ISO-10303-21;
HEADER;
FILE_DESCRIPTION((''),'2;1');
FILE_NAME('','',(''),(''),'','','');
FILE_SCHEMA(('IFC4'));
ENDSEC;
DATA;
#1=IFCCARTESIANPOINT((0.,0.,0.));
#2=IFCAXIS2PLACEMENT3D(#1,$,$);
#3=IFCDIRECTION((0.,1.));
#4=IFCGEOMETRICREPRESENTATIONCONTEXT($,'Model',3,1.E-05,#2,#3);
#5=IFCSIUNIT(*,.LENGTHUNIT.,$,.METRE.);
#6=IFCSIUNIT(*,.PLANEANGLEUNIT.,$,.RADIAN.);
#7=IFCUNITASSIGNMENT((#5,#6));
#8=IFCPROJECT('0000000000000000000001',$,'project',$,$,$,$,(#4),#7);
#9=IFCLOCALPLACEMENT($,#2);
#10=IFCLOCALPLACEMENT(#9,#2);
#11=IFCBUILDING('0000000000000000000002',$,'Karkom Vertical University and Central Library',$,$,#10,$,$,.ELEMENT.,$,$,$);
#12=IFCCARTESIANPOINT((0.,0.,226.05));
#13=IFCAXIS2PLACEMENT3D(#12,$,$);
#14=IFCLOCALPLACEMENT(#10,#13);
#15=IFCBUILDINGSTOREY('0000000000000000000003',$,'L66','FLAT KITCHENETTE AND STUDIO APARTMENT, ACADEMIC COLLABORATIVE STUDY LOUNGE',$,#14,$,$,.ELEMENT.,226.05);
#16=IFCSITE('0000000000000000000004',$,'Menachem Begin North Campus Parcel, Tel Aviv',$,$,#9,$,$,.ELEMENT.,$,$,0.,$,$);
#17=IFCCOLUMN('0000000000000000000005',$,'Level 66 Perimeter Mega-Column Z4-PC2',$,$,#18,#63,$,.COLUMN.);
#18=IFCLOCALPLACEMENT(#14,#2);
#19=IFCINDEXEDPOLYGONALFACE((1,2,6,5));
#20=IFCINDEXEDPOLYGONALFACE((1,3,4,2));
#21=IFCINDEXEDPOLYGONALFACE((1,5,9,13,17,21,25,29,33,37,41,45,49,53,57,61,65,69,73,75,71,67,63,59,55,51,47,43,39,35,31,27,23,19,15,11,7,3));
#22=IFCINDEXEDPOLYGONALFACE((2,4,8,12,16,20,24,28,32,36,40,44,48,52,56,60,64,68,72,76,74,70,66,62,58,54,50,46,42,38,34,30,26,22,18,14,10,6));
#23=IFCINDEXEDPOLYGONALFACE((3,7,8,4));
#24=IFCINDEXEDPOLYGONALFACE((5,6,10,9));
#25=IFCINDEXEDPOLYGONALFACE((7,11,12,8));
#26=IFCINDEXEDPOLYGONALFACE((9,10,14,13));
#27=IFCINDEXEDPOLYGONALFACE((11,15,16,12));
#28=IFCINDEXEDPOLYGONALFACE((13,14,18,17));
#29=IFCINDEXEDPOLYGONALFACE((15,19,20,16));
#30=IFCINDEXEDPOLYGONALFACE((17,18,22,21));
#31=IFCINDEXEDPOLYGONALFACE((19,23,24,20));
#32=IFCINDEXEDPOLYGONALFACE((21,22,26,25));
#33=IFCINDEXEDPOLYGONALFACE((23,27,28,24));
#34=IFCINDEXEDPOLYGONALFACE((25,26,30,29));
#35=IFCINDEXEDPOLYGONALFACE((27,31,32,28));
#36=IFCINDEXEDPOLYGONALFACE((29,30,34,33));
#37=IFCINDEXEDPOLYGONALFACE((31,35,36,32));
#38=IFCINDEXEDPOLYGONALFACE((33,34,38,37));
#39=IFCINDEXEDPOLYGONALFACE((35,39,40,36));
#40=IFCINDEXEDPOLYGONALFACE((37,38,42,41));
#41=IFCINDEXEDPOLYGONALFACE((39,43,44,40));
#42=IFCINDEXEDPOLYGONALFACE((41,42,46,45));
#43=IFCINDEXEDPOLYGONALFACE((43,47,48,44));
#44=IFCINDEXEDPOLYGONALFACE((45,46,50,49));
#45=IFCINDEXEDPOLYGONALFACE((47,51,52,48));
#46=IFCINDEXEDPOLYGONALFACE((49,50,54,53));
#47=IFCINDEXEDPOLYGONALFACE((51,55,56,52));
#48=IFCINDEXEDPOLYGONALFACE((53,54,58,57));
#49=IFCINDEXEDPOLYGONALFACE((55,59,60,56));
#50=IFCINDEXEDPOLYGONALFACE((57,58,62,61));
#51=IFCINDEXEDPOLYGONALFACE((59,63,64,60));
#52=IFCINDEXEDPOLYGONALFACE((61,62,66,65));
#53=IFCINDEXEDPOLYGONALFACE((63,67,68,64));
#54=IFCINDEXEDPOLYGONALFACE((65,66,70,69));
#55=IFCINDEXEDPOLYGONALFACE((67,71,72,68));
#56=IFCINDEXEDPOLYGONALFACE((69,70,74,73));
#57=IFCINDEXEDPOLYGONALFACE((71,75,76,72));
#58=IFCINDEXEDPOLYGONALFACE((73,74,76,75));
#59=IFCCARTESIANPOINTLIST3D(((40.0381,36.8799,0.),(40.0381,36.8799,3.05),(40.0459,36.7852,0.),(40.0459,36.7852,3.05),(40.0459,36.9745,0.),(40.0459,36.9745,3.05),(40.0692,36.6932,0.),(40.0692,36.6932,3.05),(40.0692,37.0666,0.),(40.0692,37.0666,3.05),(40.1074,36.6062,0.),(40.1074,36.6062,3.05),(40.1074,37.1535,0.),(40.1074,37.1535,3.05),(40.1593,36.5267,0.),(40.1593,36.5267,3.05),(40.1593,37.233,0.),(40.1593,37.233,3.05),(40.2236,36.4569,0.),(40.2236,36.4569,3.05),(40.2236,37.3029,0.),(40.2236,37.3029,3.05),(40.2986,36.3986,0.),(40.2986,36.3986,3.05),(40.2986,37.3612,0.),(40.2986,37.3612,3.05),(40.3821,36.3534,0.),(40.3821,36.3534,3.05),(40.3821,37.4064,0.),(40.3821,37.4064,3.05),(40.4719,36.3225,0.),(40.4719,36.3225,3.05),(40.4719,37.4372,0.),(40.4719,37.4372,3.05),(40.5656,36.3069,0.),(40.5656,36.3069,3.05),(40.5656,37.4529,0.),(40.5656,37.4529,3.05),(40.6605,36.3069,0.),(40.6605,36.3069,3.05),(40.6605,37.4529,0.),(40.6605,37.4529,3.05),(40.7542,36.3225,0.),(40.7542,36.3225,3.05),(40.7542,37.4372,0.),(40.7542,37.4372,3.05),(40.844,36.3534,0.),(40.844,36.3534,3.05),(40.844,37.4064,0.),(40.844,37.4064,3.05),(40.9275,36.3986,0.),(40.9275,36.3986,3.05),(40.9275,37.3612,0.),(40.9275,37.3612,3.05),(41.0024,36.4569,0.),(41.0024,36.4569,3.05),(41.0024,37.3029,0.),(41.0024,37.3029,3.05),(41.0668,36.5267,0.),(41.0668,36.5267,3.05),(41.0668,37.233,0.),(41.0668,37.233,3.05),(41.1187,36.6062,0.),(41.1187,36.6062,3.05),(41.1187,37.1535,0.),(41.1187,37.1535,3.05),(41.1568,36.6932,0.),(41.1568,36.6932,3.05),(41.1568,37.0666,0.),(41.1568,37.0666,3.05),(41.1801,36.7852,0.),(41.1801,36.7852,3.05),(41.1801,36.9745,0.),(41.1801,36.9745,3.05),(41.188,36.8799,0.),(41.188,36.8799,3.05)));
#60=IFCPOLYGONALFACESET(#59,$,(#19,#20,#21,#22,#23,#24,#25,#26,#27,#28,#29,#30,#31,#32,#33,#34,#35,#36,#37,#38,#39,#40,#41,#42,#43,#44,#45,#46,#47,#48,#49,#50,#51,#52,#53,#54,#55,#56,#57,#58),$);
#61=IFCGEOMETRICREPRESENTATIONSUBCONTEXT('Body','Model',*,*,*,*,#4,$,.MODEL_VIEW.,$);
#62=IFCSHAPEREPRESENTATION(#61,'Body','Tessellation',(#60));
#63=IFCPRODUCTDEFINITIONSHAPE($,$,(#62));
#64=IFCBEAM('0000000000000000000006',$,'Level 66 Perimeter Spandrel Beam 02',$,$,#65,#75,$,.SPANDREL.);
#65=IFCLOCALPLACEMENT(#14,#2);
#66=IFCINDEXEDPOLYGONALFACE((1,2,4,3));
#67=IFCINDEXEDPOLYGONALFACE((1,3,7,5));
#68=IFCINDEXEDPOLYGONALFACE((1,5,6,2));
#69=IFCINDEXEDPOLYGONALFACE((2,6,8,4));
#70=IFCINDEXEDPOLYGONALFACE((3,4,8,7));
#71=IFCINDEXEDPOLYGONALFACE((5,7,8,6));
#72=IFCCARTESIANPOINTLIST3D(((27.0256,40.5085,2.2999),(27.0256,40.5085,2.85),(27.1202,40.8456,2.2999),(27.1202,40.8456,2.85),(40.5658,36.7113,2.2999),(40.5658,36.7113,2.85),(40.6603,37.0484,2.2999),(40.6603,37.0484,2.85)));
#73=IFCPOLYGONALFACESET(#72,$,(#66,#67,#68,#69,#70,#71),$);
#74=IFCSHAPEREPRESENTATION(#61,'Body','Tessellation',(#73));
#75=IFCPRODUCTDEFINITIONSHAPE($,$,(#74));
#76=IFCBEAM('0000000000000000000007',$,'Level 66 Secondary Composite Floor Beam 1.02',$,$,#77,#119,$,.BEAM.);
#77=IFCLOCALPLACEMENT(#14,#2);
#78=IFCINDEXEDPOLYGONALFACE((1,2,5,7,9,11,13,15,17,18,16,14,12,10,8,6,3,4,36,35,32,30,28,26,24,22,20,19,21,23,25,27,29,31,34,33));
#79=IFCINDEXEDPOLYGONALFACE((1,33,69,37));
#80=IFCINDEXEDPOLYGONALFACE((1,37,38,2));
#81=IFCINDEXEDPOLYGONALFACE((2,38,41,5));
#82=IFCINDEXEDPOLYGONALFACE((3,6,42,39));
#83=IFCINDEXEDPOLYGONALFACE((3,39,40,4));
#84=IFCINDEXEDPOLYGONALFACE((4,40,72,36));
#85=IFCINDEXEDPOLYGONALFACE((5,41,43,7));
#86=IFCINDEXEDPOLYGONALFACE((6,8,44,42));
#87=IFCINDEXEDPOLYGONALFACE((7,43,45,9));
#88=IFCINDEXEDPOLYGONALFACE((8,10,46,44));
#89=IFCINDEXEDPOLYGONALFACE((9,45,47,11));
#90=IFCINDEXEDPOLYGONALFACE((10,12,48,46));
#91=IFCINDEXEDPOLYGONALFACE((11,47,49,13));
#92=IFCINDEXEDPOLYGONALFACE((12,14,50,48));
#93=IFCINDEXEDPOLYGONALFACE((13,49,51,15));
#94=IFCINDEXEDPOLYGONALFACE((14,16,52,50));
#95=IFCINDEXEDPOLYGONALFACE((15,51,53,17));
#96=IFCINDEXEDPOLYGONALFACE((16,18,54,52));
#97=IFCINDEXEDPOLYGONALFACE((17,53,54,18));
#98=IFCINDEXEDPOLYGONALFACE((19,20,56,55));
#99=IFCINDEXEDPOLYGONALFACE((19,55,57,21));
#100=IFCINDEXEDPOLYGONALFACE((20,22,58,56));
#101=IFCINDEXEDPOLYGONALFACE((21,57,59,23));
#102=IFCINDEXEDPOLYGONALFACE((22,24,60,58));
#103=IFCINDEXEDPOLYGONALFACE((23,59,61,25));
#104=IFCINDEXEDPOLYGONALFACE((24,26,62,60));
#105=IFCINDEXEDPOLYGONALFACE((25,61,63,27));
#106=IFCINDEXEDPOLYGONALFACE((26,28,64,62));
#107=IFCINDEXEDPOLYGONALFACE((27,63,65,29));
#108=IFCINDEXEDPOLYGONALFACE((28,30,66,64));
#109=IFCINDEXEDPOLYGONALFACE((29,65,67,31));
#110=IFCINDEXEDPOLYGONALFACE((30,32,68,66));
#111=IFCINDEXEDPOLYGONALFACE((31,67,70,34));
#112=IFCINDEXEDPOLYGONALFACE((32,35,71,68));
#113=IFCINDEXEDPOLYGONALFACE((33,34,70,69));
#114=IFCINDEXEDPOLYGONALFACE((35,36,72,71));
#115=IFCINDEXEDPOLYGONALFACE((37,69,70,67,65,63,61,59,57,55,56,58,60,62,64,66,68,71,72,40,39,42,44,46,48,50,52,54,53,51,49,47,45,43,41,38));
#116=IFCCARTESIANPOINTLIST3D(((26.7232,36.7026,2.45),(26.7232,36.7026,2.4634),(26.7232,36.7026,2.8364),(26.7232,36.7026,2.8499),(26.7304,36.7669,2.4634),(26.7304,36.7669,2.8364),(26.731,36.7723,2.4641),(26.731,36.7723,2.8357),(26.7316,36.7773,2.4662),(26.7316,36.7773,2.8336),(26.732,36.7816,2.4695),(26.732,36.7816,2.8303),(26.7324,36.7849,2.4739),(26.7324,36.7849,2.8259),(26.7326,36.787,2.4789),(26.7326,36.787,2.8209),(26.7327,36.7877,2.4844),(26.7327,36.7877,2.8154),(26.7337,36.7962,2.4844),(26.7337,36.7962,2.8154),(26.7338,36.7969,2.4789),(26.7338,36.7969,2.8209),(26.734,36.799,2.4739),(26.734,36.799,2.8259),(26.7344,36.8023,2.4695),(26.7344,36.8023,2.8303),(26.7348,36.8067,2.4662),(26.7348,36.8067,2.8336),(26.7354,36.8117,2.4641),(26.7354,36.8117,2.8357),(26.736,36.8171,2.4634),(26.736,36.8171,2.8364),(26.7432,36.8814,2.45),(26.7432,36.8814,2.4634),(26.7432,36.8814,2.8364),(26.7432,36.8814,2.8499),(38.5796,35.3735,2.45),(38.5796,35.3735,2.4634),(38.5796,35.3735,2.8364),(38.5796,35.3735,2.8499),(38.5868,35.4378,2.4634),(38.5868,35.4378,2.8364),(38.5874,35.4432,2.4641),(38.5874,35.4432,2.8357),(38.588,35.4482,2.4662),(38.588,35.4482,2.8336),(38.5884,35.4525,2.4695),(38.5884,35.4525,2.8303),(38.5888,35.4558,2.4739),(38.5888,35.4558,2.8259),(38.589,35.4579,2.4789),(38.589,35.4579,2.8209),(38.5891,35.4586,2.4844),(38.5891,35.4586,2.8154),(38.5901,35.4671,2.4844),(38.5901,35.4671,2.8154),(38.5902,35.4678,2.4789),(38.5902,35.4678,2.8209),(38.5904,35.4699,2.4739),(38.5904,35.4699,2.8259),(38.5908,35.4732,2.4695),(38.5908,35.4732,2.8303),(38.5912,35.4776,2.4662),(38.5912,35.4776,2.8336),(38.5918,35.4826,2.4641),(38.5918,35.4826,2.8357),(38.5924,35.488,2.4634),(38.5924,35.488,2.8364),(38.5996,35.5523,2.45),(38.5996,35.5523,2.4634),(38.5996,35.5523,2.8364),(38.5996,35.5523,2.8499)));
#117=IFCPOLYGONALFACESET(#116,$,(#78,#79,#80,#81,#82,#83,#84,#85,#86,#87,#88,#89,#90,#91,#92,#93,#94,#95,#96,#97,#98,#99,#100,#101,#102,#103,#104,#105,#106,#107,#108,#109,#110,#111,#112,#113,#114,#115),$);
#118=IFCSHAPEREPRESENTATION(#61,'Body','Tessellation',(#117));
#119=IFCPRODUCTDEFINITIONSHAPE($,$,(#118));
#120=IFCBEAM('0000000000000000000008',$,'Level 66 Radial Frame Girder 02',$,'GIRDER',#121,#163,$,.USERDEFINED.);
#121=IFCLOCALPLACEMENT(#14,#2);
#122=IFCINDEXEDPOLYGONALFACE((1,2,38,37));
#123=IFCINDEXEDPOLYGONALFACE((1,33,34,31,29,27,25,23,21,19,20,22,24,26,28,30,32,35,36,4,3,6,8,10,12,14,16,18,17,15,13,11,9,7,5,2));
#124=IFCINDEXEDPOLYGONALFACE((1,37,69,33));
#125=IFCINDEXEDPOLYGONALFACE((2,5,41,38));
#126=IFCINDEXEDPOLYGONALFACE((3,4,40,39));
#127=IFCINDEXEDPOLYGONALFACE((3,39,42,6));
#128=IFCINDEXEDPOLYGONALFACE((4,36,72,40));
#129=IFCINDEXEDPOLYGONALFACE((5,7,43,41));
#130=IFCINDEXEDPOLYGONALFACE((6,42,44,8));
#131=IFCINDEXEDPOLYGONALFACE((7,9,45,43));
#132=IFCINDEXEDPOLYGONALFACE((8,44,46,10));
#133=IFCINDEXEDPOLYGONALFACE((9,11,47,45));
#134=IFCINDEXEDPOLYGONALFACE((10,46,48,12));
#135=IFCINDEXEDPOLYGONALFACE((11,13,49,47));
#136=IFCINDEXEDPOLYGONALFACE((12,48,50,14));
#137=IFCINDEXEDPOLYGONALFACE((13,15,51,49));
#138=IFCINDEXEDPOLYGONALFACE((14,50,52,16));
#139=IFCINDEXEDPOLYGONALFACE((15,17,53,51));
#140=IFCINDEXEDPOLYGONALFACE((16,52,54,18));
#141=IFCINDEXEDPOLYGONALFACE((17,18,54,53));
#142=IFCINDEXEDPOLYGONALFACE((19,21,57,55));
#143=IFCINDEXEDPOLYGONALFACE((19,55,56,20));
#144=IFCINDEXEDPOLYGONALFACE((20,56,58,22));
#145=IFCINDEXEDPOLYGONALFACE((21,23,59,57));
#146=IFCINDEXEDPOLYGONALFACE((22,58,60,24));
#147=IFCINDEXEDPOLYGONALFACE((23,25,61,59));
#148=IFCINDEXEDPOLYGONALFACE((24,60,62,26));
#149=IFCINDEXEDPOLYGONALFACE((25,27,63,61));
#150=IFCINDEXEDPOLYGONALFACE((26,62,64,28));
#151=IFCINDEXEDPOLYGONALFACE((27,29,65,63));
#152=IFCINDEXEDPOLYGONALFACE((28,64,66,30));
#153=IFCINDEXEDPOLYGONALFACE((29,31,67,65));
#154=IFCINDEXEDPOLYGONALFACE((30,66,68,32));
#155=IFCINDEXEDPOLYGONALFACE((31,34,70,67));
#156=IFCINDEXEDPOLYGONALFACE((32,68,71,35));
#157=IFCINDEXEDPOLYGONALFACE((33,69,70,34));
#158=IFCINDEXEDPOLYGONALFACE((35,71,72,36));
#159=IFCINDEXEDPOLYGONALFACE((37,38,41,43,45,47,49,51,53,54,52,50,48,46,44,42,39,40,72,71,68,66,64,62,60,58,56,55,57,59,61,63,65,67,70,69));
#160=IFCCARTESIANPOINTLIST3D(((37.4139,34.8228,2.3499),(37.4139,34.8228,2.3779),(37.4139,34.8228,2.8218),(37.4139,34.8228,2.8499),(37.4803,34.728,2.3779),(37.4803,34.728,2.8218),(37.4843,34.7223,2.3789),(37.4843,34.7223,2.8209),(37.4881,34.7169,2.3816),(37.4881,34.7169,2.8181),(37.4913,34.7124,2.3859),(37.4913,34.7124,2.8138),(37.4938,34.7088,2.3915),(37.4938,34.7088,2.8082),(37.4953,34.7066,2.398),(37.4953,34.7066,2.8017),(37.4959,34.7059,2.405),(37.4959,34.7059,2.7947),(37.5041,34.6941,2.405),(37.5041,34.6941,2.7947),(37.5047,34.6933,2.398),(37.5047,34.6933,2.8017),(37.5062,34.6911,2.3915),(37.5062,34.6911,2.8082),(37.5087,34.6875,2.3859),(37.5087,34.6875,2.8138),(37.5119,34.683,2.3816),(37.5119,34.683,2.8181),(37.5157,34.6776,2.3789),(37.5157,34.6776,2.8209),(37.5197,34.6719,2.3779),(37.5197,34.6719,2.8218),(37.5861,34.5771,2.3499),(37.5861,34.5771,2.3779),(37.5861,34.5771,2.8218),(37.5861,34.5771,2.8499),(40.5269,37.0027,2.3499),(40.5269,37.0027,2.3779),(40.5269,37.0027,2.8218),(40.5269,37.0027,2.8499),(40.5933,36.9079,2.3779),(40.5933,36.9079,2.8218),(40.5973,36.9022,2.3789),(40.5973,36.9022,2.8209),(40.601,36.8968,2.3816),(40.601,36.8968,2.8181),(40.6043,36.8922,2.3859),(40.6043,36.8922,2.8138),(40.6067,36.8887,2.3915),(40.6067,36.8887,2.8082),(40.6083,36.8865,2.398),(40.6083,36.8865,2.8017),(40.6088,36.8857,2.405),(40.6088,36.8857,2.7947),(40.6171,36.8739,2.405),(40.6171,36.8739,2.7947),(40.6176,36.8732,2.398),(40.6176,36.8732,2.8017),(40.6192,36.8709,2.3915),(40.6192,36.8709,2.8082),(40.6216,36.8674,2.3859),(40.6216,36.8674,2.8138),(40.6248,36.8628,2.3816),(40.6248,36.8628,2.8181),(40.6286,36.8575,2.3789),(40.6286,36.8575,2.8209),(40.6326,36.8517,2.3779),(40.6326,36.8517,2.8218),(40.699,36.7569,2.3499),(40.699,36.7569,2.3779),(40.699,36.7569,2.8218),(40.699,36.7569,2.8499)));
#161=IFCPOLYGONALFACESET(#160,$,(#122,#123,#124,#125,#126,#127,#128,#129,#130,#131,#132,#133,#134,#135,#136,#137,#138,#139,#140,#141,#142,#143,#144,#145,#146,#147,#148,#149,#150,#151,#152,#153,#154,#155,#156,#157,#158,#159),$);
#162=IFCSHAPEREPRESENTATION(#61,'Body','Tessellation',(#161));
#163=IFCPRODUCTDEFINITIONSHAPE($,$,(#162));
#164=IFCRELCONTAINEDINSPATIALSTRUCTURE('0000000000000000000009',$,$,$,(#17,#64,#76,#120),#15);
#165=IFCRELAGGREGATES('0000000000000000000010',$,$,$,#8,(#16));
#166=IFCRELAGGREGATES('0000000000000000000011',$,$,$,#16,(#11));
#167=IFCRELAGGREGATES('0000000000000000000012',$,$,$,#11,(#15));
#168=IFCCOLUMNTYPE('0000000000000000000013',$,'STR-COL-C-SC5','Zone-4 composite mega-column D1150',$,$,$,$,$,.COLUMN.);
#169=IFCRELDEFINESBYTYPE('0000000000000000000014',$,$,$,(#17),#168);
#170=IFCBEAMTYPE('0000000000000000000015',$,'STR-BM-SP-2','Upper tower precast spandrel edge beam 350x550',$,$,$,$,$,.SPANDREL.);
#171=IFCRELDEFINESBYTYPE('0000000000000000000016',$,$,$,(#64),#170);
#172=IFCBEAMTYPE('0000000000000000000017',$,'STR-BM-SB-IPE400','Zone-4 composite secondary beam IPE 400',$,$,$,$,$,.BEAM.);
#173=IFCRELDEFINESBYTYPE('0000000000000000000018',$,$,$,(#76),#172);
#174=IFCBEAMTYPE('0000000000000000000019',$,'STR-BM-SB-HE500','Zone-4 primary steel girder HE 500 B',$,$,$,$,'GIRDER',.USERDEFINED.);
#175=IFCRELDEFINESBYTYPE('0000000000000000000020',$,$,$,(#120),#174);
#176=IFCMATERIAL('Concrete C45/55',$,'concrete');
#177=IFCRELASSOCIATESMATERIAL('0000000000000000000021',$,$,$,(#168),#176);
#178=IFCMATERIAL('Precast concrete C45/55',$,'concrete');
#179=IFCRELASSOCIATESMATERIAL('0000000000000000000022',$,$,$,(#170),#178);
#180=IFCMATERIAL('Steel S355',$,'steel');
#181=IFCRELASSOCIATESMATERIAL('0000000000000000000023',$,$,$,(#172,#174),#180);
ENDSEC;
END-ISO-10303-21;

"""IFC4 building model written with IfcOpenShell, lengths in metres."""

from ifc_helpers import new_model, si_unit, direction, frame, origin, origin_with_axes, origin_2d, place, context, subcontext, project, spatial, rectangle, circle, i_section, extrude, source, transform, mapped, material, material_profile, profile_set, type_object, element, save


model = new_model("IFC4")

# Units and contexts
model_context = context("Model", 3, precision=1e-05, world=origin(), true_north=direction((0.0, 1.0)))
body_context = subcontext(model_context, "Body", "Model", "MODEL_VIEW")
ifc_project = project(units=[si_unit("LENGTHUNIT", "METRE"), si_unit("PLANEANGLEUNIT", "RADIAN")], contexts=[model_context])

# Site, building, storey
site_placement = place(None, origin())
site = spatial("IfcSite", under=ifc_project, at=site_placement, Name="Menachem Begin North Campus Parcel, Tel Aviv", CompositionType="ELEMENT", RefElevation=0.0)
building_placement = place(site_placement, origin())
building = spatial("IfcBuilding", under=site, at=building_placement, Name="Karkom Vertical University and Central Library", CompositionType="ELEMENT")
storey_placement = place(building_placement, frame((0.0, 0.0, 226.05)))
storey = spatial("IfcBuildingStorey", under=building, at=storey_placement, Name="L66", Description="FLAT KITCHENETTE AND STUDIO APARTMENT, ACADEMIC COLLABORATIVE STUDY LOUNGE", CompositionType="ELEMENT", Elevation=226.05)

# Column
ifc_material_1 = material(Name="Concrete C45/55", Category="concrete")
ifc_material_profile_1 = material_profile(ifc_material_1, circle(Radius=0.575, at=origin_2d()), Name="CFT-D1150")
ifc_profile_set_1 = profile_set([ifc_material_profile_1], Name="Concrete C45/55")
column_type = type_object("IfcColumnType", Name="STR-COL-C-SC5", Description="Zone-4 composite mega-column D1150", PredefinedType="COLUMN", material=ifc_profile_set_1)
shared_shape_1 = source(origin_with_axes(), body_context, "Body", "SweptSolid", [
    extrude(circle(Radius=0.575, at=origin_2d()), origin(), (0.0, 0.0, 1.0), 3.05),
])
column_placement = place(storey_placement, frame((40.613, 36.8799, 0.0), z_axis=(0.0, 0.0, 1.0), x_axis=(1.0, 0.0, 0.0)))
element("IfcColumn", 1, at=column_placement, inside=storey, type_object=column_type, Name="Level 66 Perimeter Mega-Column Z4-PC2", PredefinedType="COLUMN", context=body_context, shape_type="MappedRepresentation", body=[
    mapped(shared_shape_1, transform((0.0, 0.0, 0.0), scale=1.0)),
])

# Beams
ifc_material_2 = material(Name="Precast concrete C45/55", Category="concrete")
ifc_material_profile_2 = material_profile(ifc_material_2, rectangle(XDim=0.3501, YDim=0.55, at=origin_2d()), Name="SPB-350x550")
ifc_profile_set_2 = profile_set([ifc_material_profile_2], Name="Precast concrete C45/55")
beam_type_1 = type_object("IfcBeamType", Name="STR-BM-SP-2", Description="Upper tower precast spandrel edge beam 350x550", PredefinedType="SPANDREL", material=ifc_profile_set_2)
shared_shape_2 = source(origin_with_axes(), body_context, "Body", "SweptSolid", [
    extrude(rectangle(XDim=0.3501, YDim=0.55, at=origin_2d()), origin(), (0.0, 0.0, 1.0), 14.0625),
])
beam_1_placement = place(storey_placement, frame((40.613, 36.8799, 2.575), z_axis=(-0.962855, 0.27002, 0.0), x_axis=(-0.27002, -0.962855, 0.0)))
element("IfcBeam", 2, at=beam_1_placement, inside=storey, type_object=beam_type_1, Name="Level 66 Perimeter Spandrel Beam 02", PredefinedType="SPANDREL", context=body_context, shape_type="MappedRepresentation", body=[
    mapped(shared_shape_2, transform((0.0, 0.0, 0.0), scale=1.0)),
])
ifc_material_3 = material(Name="Steel S355", Category="steel")
ifc_material_profile_3 = material_profile(ifc_material_3, i_section(OverallWidth=0.1799, OverallDepth=0.3999, WebThickness=0.0085, FlangeThickness=0.0134, FilletRadius=0.021, at=origin_2d()), Name="IPE 400")
ifc_profile_set_3 = profile_set([ifc_material_profile_3], Name="Steel S355")
beam_type_2 = type_object("IfcBeamType", Name="STR-BM-SB-IPE400", Description="Zone-4 composite secondary beam IPE 400", PredefinedType="BEAM", material=ifc_profile_set_3)
shared_shape_3 = source(origin_with_axes(), body_context, "Body", "SweptSolid", [
    extrude(i_section(OverallWidth=0.1799, OverallDepth=0.3999, WebThickness=0.0085, FlangeThickness=0.0134, FilletRadius=0.021, at=origin_2d()), origin(), (0.0, 0.0, 1.0), 11.9307),
])
beam_2_placement = place(storey_placement, frame((38.5896, 35.4629, 2.6499), z_axis=(-0.993775, 0.111402, 0.0), x_axis=(-0.111402, -0.993775, 0.0)))
element("IfcBeam", 3, at=beam_2_placement, inside=storey, type_object=beam_type_2, Name="Level 66 Secondary Composite Floor Beam 1.02", PredefinedType="BEAM", context=body_context, shape_type="MappedRepresentation", body=[
    mapped(shared_shape_3, transform((0.0, 0.0, 0.0), scale=1.0)),
])
ifc_material_profile_4 = material_profile(ifc_material_3, i_section(OverallWidth=0.3, OverallDepth=0.5, WebThickness=0.0144, FlangeThickness=0.0281, FilletRadius=0.0271, at=origin_2d()), Name="HE 500 B")
ifc_profile_set_4 = profile_set([ifc_material_profile_4], Name="Steel S355")
beam_type_3 = type_object("IfcBeamType", Name="STR-BM-SB-HE500", Description="Zone-4 primary steel girder HE 500 B", ElementType="GIRDER", PredefinedType="USERDEFINED", material=ifc_profile_set_4)
shared_shape_4 = source(origin_with_axes(), body_context, "Body", "SweptSolid", [
    extrude(i_section(OverallWidth=0.3, OverallDepth=0.5, WebThickness=0.0144, FlangeThickness=0.0281, FilletRadius=0.0271, at=origin_2d()), origin(), (0.0, 0.0, 1.0), 3.8003),
])
beam_3_placement = place(storey_placement, frame((37.5, 34.7, 2.5999), z_axis=(0.819132, 0.573605, 0.0), x_axis=(-0.573605, 0.819132, 0.0)))
element("IfcBeam", 4, at=beam_3_placement, inside=storey, type_object=beam_type_3, Name="Level 66 Radial Frame Girder 02", ObjectType="GIRDER", PredefinedType="USERDEFINED", context=body_context, shape_type="MappedRepresentation", body=[
    mapped(shared_shape_4, transform((0.0, 0.0, 0.0), scale=1.0)),
])

save(model, "model.ifc")
